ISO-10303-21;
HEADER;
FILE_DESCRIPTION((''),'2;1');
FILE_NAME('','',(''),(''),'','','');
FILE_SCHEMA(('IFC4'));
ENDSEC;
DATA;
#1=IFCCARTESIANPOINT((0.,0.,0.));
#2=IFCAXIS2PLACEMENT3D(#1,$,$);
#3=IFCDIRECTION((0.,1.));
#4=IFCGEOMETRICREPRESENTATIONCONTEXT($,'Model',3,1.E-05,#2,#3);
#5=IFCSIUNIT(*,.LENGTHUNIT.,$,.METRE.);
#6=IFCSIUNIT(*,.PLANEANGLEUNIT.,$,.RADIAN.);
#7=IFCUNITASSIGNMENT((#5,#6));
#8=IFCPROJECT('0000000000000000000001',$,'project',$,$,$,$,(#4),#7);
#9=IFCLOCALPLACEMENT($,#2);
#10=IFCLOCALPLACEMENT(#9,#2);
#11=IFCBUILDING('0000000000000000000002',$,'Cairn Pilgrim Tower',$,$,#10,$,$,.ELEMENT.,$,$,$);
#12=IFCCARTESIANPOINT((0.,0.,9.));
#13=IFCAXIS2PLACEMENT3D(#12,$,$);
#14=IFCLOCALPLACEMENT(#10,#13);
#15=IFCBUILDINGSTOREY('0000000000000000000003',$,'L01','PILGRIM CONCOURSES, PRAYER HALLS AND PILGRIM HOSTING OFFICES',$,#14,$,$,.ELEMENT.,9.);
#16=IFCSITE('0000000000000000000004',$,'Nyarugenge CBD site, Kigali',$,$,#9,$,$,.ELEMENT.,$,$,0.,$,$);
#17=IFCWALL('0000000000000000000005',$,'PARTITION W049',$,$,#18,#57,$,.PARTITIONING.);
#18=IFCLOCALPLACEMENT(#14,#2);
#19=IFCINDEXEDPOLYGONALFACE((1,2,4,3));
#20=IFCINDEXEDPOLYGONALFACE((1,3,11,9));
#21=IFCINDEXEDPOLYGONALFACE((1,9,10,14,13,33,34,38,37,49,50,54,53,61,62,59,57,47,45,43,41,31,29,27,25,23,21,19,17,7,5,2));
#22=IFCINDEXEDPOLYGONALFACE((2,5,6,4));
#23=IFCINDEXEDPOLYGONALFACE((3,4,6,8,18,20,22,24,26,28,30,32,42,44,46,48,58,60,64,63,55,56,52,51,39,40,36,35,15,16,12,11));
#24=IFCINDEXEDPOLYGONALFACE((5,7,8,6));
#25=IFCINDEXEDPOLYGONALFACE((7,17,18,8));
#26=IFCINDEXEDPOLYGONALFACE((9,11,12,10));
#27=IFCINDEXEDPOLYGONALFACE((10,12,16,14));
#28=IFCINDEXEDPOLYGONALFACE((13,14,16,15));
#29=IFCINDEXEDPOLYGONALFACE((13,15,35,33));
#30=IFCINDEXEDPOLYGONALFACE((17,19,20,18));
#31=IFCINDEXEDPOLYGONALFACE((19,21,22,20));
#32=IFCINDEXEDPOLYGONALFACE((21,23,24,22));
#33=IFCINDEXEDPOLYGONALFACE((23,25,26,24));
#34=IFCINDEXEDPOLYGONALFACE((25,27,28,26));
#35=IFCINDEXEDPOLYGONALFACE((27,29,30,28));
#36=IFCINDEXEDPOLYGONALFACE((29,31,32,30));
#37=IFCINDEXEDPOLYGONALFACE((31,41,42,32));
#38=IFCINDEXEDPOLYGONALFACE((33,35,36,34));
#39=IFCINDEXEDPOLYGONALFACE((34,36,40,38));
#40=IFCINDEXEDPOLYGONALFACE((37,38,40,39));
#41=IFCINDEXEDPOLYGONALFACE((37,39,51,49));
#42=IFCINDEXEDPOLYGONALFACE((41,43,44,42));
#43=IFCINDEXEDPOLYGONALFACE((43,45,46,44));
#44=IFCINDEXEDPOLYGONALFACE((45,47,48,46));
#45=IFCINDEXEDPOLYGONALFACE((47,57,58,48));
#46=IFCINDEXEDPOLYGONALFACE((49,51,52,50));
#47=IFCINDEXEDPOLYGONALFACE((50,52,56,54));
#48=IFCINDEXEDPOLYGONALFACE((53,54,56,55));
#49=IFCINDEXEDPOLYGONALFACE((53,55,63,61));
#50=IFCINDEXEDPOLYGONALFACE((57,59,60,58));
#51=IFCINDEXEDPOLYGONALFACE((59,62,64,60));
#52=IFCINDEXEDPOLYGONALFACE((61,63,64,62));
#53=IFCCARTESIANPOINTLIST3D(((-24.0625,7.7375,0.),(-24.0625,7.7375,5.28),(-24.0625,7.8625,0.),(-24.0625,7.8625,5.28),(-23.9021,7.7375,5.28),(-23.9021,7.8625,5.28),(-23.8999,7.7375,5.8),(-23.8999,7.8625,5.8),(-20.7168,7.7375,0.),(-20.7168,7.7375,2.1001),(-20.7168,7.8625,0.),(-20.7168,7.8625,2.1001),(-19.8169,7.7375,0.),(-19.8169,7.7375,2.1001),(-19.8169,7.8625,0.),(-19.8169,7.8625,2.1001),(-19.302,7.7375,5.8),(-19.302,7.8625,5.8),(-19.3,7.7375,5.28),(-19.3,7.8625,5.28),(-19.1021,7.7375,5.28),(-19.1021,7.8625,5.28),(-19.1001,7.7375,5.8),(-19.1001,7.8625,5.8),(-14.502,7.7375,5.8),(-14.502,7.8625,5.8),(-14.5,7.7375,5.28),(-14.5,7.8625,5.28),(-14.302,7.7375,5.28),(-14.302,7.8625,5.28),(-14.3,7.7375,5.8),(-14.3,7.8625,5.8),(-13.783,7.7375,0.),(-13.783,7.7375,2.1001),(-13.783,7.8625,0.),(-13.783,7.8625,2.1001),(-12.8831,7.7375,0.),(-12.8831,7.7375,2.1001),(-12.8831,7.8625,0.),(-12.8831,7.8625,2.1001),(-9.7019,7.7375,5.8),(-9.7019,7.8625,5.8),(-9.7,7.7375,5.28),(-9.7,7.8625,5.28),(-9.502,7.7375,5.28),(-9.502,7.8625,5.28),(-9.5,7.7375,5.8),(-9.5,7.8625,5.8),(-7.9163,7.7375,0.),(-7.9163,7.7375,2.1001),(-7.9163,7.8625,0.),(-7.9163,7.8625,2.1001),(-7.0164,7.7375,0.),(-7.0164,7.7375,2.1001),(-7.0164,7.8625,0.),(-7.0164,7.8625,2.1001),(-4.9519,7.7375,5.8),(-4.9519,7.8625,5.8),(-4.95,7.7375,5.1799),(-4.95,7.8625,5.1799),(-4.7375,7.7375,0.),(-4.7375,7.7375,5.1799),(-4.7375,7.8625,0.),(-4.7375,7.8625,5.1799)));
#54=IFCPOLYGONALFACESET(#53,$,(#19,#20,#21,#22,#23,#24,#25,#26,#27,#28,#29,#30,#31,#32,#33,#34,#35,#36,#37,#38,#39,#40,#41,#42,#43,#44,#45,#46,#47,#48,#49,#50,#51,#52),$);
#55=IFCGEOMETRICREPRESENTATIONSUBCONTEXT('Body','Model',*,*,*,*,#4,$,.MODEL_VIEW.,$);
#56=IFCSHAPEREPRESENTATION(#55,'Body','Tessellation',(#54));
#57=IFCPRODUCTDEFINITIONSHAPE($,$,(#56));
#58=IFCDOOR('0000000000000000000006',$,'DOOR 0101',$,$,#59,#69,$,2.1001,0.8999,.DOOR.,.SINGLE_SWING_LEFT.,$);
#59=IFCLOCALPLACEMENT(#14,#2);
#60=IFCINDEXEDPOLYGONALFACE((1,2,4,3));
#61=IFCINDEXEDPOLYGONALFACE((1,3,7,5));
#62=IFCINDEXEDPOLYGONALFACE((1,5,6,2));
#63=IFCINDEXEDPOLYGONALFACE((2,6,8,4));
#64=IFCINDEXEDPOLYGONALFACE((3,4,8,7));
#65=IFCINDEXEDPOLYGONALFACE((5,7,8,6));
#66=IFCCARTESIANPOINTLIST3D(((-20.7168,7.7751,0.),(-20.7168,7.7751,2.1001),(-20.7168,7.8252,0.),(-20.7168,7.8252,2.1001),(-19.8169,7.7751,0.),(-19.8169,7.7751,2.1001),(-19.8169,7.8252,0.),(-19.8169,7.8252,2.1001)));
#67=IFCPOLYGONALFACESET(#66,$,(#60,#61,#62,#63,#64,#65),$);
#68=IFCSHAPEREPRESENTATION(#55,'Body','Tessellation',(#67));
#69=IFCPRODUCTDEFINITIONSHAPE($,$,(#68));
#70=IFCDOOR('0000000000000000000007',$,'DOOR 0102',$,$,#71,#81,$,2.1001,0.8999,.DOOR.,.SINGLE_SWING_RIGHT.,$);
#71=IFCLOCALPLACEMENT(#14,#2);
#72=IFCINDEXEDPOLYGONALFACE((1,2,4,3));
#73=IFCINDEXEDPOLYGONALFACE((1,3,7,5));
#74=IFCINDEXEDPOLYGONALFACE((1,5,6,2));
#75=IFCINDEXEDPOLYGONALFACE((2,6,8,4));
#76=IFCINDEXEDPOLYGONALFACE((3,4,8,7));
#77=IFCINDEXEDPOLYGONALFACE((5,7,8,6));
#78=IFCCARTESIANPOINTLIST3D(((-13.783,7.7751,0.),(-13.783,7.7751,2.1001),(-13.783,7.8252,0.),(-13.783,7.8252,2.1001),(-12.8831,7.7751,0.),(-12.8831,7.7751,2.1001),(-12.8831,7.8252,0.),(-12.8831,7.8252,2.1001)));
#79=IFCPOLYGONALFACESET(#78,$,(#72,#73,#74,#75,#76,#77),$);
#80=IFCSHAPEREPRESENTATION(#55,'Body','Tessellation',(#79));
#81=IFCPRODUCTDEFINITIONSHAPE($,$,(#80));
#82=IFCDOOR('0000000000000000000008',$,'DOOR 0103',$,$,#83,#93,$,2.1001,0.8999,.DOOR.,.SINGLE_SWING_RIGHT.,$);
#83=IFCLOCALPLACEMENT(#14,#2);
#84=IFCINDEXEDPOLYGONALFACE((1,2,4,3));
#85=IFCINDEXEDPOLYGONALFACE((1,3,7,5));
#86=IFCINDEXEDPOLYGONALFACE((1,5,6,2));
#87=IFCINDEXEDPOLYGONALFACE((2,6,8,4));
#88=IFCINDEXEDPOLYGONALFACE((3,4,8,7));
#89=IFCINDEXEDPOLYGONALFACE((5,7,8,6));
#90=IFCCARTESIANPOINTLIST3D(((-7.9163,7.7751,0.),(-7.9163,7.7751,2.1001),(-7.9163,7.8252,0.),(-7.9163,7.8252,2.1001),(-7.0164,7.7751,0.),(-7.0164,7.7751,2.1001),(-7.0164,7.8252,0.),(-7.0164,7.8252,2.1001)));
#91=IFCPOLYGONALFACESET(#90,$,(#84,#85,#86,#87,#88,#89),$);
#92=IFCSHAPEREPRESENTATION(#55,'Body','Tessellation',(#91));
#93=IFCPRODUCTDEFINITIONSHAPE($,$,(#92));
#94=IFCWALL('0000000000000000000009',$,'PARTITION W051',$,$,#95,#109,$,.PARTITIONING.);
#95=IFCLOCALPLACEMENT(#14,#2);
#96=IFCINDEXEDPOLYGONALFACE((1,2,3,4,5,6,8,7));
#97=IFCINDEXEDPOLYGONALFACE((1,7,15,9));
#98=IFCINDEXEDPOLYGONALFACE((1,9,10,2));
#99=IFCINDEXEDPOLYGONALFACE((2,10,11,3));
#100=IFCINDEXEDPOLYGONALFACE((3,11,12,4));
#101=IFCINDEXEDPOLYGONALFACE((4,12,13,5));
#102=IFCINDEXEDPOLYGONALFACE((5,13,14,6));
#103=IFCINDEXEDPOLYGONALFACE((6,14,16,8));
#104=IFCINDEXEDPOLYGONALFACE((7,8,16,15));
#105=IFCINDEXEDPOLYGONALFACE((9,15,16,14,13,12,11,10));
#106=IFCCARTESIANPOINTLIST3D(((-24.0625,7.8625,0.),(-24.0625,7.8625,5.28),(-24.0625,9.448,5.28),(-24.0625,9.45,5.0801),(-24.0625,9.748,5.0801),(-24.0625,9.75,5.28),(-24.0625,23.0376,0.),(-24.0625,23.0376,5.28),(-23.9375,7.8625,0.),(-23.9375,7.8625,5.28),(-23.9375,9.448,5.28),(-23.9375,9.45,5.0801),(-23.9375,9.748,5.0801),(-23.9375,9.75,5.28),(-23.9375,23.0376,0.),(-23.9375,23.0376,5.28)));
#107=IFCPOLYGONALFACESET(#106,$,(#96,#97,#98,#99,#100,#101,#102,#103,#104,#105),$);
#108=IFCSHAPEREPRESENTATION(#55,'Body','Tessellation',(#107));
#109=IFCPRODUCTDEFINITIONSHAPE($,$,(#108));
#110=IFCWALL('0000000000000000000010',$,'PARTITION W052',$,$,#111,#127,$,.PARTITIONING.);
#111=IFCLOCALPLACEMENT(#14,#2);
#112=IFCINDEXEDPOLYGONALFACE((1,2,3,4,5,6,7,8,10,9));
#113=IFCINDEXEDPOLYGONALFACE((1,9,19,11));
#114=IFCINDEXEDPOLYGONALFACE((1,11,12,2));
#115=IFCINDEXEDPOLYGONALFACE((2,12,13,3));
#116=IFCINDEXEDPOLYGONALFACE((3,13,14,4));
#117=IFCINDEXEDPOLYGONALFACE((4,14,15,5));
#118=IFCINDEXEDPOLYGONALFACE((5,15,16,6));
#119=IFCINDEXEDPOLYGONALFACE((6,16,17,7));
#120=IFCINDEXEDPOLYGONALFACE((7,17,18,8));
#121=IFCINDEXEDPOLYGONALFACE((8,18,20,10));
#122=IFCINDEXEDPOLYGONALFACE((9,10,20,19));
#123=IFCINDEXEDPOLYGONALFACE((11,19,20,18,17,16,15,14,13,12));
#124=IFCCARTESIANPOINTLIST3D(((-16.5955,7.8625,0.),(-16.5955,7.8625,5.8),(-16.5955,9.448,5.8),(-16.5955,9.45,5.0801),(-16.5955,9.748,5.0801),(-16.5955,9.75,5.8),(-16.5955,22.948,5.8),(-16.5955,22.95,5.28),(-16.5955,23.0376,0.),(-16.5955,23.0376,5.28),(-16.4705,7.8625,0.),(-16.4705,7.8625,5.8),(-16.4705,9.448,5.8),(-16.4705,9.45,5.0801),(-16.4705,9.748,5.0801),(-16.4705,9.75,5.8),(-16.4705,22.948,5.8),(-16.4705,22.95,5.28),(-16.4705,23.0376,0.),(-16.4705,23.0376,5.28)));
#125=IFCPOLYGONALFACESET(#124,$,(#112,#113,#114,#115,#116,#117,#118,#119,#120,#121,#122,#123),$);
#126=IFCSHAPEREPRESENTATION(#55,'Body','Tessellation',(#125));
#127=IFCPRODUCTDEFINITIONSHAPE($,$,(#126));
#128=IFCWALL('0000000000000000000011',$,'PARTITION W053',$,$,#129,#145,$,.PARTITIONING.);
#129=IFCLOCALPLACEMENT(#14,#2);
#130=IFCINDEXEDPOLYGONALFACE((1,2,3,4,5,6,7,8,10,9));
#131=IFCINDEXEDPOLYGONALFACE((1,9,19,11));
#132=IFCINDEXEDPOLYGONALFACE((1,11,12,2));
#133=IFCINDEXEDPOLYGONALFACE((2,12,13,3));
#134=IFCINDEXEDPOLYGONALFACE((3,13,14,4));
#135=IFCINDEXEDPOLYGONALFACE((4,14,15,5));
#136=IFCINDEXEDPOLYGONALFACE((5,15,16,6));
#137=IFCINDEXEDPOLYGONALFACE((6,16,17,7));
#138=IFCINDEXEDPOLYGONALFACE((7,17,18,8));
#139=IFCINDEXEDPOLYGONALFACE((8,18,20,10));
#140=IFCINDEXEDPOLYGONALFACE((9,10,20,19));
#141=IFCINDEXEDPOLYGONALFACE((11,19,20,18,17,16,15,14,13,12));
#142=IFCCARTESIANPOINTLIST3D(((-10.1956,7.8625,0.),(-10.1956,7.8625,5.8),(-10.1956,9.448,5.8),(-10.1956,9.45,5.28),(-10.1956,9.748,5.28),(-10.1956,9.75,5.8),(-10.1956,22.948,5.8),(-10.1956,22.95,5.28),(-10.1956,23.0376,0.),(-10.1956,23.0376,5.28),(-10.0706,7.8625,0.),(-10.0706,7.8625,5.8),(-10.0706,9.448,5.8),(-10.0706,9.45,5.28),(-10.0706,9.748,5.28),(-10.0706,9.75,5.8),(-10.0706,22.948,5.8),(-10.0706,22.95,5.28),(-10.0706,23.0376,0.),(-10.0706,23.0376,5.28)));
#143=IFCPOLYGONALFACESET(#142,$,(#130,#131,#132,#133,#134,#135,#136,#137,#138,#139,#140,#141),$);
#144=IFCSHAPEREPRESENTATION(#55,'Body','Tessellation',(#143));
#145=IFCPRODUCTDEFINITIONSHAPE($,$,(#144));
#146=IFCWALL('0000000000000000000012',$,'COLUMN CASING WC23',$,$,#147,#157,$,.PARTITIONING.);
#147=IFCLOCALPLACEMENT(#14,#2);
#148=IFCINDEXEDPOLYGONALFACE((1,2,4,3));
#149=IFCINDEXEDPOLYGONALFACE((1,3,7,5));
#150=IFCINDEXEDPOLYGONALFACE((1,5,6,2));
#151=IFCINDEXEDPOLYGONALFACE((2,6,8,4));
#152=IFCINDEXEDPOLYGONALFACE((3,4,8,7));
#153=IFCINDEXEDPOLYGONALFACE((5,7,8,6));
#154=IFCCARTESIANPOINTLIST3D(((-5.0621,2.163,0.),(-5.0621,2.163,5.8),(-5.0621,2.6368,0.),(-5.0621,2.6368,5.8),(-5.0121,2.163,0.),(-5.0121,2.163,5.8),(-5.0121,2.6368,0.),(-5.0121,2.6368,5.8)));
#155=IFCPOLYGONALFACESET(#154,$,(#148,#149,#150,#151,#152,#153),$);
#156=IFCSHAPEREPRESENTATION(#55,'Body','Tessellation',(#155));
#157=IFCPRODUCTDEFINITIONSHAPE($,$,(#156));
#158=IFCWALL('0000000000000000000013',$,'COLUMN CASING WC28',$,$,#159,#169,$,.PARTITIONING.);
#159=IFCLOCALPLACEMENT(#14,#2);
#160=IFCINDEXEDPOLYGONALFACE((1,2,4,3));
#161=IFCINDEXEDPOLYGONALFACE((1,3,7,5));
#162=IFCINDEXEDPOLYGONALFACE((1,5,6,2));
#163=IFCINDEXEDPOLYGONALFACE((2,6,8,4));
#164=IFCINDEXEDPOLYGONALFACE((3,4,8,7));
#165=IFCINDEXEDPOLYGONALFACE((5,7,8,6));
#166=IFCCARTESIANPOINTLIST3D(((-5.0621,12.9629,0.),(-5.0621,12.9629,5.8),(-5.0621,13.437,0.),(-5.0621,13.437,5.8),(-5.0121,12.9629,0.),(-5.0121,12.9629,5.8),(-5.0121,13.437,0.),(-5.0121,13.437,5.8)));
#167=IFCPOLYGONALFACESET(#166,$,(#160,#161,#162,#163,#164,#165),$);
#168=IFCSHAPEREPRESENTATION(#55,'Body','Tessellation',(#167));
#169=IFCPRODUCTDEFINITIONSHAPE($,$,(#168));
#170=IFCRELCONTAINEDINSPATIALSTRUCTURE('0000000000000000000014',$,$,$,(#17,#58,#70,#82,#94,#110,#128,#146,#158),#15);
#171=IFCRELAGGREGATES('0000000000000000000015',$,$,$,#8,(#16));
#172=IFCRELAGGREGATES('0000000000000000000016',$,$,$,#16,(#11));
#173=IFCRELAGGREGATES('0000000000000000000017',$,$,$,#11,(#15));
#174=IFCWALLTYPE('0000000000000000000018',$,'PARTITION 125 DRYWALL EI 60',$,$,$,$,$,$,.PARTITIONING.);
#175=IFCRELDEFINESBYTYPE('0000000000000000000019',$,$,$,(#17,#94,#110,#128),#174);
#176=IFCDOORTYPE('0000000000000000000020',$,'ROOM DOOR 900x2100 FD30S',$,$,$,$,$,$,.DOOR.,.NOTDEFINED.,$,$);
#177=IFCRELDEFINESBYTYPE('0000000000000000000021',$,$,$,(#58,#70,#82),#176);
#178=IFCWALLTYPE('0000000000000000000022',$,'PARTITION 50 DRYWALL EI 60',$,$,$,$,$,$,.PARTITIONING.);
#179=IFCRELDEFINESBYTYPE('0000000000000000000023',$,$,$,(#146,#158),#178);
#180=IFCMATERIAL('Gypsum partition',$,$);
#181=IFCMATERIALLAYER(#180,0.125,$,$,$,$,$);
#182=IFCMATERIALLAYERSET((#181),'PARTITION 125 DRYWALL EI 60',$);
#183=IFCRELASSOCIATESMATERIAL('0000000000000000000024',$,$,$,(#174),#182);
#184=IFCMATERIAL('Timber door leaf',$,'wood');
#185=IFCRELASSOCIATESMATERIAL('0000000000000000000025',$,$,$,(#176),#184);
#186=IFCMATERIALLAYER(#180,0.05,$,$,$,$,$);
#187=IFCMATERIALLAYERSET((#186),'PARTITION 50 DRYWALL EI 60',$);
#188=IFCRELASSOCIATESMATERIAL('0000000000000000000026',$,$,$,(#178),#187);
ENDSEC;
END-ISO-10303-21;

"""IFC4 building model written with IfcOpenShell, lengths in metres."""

from ifc_helpers import new_model, si_unit, direction, frame, frame_2d, origin, place, context, subcontext, project, spatial, polyline, rectangle, outline, extrude, material, layer, layer_set, type_object, element, fill, save


model = new_model("IFC4")

# Units and contexts
model_context = context("Model", 3, precision=1e-05, world=origin(), true_north=direction((0.0, 1.0)))
body_context = subcontext(model_context, "Body", "Model", "MODEL_VIEW")
ifc_project = project(units=[si_unit("LENGTHUNIT", "METRE"), si_unit("PLANEANGLEUNIT", "RADIAN")], contexts=[model_context])

# Site, building, storey
site_placement = place(None, origin())
site = spatial("IfcSite", under=ifc_project, at=site_placement, Name="Nyarugenge CBD site, Kigali", CompositionType="ELEMENT", RefElevation=0.0)
building_placement = place(site_placement, origin())
building = spatial("IfcBuilding", under=site, at=building_placement, Name="Cairn Pilgrim Tower", CompositionType="ELEMENT")
storey_placement = place(building_placement, frame((0.0, 0.0, 9.0)))
storey = spatial("IfcBuildingStorey", under=building, at=storey_placement, Name="L01", Description="PILGRIM CONCOURSES, PRAYER HALLS AND PILGRIM HOSTING OFFICES", CompositionType="ELEMENT", Elevation=9.0)

# Shared definitions
ifc_material_1 = material(Name="Gypsum partition")
ifc_layer_1 = layer(ifc_material_1, 0.125)
ifc_layer_set_1 = layer_set([ifc_layer_1], Name="PARTITION 125 DRYWALL EI 60")
wall_type_1 = type_object("IfcWallType", Name="PARTITION 125 DRYWALL EI 60", PredefinedType="PARTITIONING", material=ifc_layer_set_1)

# Wall, openings, doors
ifc_material_2 = material(Name="Timber door leaf", Category="wood")
door_type_1 = type_object("IfcDoorType", Name="ROOM DOOR 900x2100 FD30S", OperationType="NOTDEFINED", PredefinedType="DOOR", material=ifc_material_2)
wall_1_placement = place(storey_placement, frame((-24.0625, 7.8, 0.0), z_axis=(0.0, 0.0, 1.0), x_axis=(1.0, 0.0, 0.0)))
wall_1 = element("IfcWall", 1, at=wall_1_placement, inside=storey, type_object=wall_type_1, Name="PARTITION W049", PredefinedType="PARTITIONING", context=body_context, shape_type="SweptSolid", body=[
    extrude(outline(polyline([(0.0, 0.0), (19.325, 0.0), (19.325, 5.1799), (19.1125, 5.1799), (19.1106, 5.8), (14.5625, 5.8), (14.5605, 5.28), (14.3625, 5.28), (14.3606, 5.8), (9.7625, 5.8), (9.7605, 5.28), (9.5625, 5.28), (9.5605, 5.8), (4.9624, 5.8), (4.9604, 5.28), (4.7625, 5.28), (4.7605, 5.8), (0.1626, 5.8), (0.1604, 5.28), (0.0, 5.28), (0.0, 0.0)])), frame((0.0, 0.0625, 0.0), z_axis=(0.0, -1.0, 0.0), x_axis=(1.0, 0.0, 0.0)), (0.0, 0.0, 1.0), 0.125),
])
opening_1_placement = place(wall_1_placement, frame((3.3457, 0.0, 0.0)))
opening_1 = element("IfcOpeningElement", 2, at=opening_1_placement, cuts=wall_1, PredefinedType="OPENING", context=body_context, shape_type="SweptSolid", body=[
    extrude(rectangle(XDim=0.8999, YDim=2.1001, at=frame_2d((0.45, 1.05))), frame((0.0, 0.0725, 0.0), z_axis=(0.0, -1.0, 0.0), x_axis=(1.0, 0.0, 0.0)), (0.0, 0.0, 1.0), 0.145),
])
opening_2_placement = place(wall_1_placement, frame((10.2795, 0.0, 0.0)))
opening_2 = element("IfcOpeningElement", 3, at=opening_2_placement, cuts=wall_1, PredefinedType="OPENING", context=body_context, shape_type="SweptSolid", body=[
    extrude(rectangle(XDim=0.8999, YDim=2.1001, at=frame_2d((0.45, 1.05))), frame((0.0, 0.0725, 0.0), z_axis=(0.0, -1.0, 0.0), x_axis=(1.0, 0.0, 0.0)), (0.0, 0.0, 1.0), 0.145),
])
opening_3_placement = place(wall_1_placement, frame((16.1462, 0.0, 0.0)))
opening_3 = element("IfcOpeningElement", 4, at=opening_3_placement, cuts=wall_1, PredefinedType="OPENING", context=body_context, shape_type="SweptSolid", body=[
    extrude(rectangle(XDim=0.8999, YDim=2.1001, at=frame_2d((0.45, 1.05))), frame((0.0, 0.0725, 0.0), z_axis=(0.0, -1.0, 0.0), x_axis=(1.0, 0.0, 0.0)), (0.0, 0.0, 1.0), 0.145),
])
door_1_placement = place(opening_1_placement, frame((0.8999, 0.0, 0.0), z_axis=(0.0, 0.0, 1.0), x_axis=(-1.0, 0.0, 0.0)))
door_1 = element("IfcDoor", 5, at=door_1_placement, inside=storey, type_object=door_type_1, Name="DOOR 0101", OperationType="SINGLE_SWING_LEFT", OverallHeight=2.1001, OverallWidth=0.8999, PredefinedType="DOOR", context=body_context, shape_type="SweptSolid", body=[
    extrude(rectangle(XDim=0.8999, YDim=2.1001, at=frame_2d((0.45, 1.05))), frame((0.0, 0.0249, 0.0), z_axis=(0.0, -1.0, 0.0), x_axis=(1.0, 0.0, 0.0)), (0.0, 0.0, 1.0), 0.05),
])
fill(opening_1, door_1)
door_2_placement = place(opening_2_placement, frame((0.8999, 0.0, 0.0), z_axis=(0.0, 0.0, 1.0), x_axis=(-1.0, 0.0, 0.0)))
door_2 = element("IfcDoor", 6, at=door_2_placement, inside=storey, type_object=door_type_1, Name="DOOR 0102", OperationType="SINGLE_SWING_RIGHT", OverallHeight=2.1001, OverallWidth=0.8999, PredefinedType="DOOR", context=body_context, shape_type="SweptSolid", body=[
    extrude(rectangle(XDim=0.8999, YDim=2.1001, at=frame_2d((0.45, 1.05))), frame((0.0, 0.0249, 0.0), z_axis=(0.0, -1.0, 0.0), x_axis=(1.0, 0.0, 0.0)), (0.0, 0.0, 1.0), 0.05),
])
fill(opening_2, door_2)
door_3_placement = place(opening_3_placement, frame((0.8999, 0.0, 0.0), z_axis=(0.0, 0.0, 1.0), x_axis=(-1.0, 0.0, 0.0)))
door_3 = element("IfcDoor", 7, at=door_3_placement, inside=storey, type_object=door_type_1, Name="DOOR 0103", OperationType="SINGLE_SWING_RIGHT", OverallHeight=2.1001, OverallWidth=0.8999, PredefinedType="DOOR", context=body_context, shape_type="SweptSolid", body=[
    extrude(rectangle(XDim=0.8999, YDim=2.1001, at=frame_2d((0.45, 1.05))), frame((0.0, 0.0249, 0.0), z_axis=(0.0, -1.0, 0.0), x_axis=(1.0, 0.0, 0.0)), (0.0, 0.0, 1.0), 0.05),
])
fill(opening_3, door_3)

# Walls
wall_2_placement = place(storey_placement, frame((-24.0, 7.8625, 0.0), z_axis=(0.0, 0.0, 1.0), x_axis=(0.0, 1.0, 0.0)))
element("IfcWall", 8, at=wall_2_placement, inside=storey, type_object=wall_type_1, Name="PARTITION W051", PredefinedType="PARTITIONING", context=body_context, shape_type="SweptSolid", body=[
    extrude(outline(polyline([(0.0, 0.0), (15.175, 0.0), (15.175, 5.28), (1.8875, 5.28), (1.8855, 5.0801), (1.5874, 5.0801), (1.5854, 5.28), (0.0, 5.28), (0.0, 0.0)])), frame((0.0, 0.0625, 0.0), z_axis=(0.0, -1.0, 0.0), x_axis=(1.0, 0.0, 0.0)), (0.0, 0.0, 1.0), 0.125),
])
wall_3_placement = place(storey_placement, frame((-16.533, 7.8625, 0.0), z_axis=(0.0, 0.0, 1.0), x_axis=(0.0, 1.0, 0.0)))
element("IfcWall", 9, at=wall_3_placement, inside=storey, type_object=wall_type_1, Name="PARTITION W052", PredefinedType="PARTITIONING", context=body_context, shape_type="SweptSolid", body=[
    extrude(outline(polyline([(0.0, 0.0), (15.175, 0.0), (15.175, 5.28), (15.0874, 5.28), (15.0854, 5.8), (1.8875, 5.8), (1.8855, 5.0801), (1.5874, 5.0801), (1.5854, 5.8), (0.0, 5.8), (0.0, 0.0)])), frame((0.0, 0.0625, 0.0), z_axis=(0.0, -1.0, 0.0), x_axis=(1.0, 0.0, 0.0)), (0.0, 0.0, 1.0), 0.125),
])
wall_4_placement = place(storey_placement, frame((-10.1331, 7.8625, 0.0), z_axis=(0.0, 0.0, 1.0), x_axis=(0.0, 1.0, 0.0)))
element("IfcWall", 10, at=wall_4_placement, inside=storey, type_object=wall_type_1, Name="PARTITION W053", PredefinedType="PARTITIONING", context=body_context, shape_type="SweptSolid", body=[
    extrude(outline(polyline([(0.0, 0.0), (15.175, 0.0), (15.175, 5.28), (15.0874, 5.28), (15.0854, 5.8), (1.8875, 5.8), (1.8855, 5.28), (1.5874, 5.28), (1.5854, 5.8), (0.0, 5.8), (0.0, 0.0)])), frame((0.0, 0.0625, 0.0), z_axis=(0.0, -1.0, 0.0), x_axis=(1.0, 0.0, 0.0)), (0.0, 0.0, 1.0), 0.125),
])
ifc_layer_2 = layer(ifc_material_1, 0.05)
ifc_layer_set_2 = layer_set([ifc_layer_2], Name="PARTITION 50 DRYWALL EI 60")
wall_type_2 = type_object("IfcWallType", Name="PARTITION 50 DRYWALL EI 60", PredefinedType="PARTITIONING", material=ifc_layer_set_2)
wall_5_placement = place(storey_placement, frame((-5.0371, 2.1631, 0.0), z_axis=(0.0, 0.0, 1.0), x_axis=(0.0, 1.0, 0.0)))
element("IfcWall", 11, at=wall_5_placement, inside=storey, type_object=wall_type_2, Name="COLUMN CASING WC23", PredefinedType="PARTITIONING", context=body_context, shape_type="SweptSolid", body=[
    extrude(rectangle(XDim=0.4739, YDim=0.05, at=frame_2d((0.2368, 0.0))), origin(), (0.0, 0.0, 1.0), 5.8),
])
wall_6_placement = place(storey_placement, frame((-5.0371, 12.9629, 0.0), z_axis=(0.0, 0.0, 1.0), x_axis=(0.0, 1.0, 0.0)))
element("IfcWall", 12, at=wall_6_placement, inside=storey, type_object=wall_type_2, Name="COLUMN CASING WC28", PredefinedType="PARTITIONING", context=body_context, shape_type="SweptSolid", body=[
    extrude(rectangle(XDim=0.4741, YDim=0.05, at=frame_2d((0.2371, 0.0))), origin(), (0.0, 0.0, 1.0), 5.8),
])

save(model, "model.ifc")
